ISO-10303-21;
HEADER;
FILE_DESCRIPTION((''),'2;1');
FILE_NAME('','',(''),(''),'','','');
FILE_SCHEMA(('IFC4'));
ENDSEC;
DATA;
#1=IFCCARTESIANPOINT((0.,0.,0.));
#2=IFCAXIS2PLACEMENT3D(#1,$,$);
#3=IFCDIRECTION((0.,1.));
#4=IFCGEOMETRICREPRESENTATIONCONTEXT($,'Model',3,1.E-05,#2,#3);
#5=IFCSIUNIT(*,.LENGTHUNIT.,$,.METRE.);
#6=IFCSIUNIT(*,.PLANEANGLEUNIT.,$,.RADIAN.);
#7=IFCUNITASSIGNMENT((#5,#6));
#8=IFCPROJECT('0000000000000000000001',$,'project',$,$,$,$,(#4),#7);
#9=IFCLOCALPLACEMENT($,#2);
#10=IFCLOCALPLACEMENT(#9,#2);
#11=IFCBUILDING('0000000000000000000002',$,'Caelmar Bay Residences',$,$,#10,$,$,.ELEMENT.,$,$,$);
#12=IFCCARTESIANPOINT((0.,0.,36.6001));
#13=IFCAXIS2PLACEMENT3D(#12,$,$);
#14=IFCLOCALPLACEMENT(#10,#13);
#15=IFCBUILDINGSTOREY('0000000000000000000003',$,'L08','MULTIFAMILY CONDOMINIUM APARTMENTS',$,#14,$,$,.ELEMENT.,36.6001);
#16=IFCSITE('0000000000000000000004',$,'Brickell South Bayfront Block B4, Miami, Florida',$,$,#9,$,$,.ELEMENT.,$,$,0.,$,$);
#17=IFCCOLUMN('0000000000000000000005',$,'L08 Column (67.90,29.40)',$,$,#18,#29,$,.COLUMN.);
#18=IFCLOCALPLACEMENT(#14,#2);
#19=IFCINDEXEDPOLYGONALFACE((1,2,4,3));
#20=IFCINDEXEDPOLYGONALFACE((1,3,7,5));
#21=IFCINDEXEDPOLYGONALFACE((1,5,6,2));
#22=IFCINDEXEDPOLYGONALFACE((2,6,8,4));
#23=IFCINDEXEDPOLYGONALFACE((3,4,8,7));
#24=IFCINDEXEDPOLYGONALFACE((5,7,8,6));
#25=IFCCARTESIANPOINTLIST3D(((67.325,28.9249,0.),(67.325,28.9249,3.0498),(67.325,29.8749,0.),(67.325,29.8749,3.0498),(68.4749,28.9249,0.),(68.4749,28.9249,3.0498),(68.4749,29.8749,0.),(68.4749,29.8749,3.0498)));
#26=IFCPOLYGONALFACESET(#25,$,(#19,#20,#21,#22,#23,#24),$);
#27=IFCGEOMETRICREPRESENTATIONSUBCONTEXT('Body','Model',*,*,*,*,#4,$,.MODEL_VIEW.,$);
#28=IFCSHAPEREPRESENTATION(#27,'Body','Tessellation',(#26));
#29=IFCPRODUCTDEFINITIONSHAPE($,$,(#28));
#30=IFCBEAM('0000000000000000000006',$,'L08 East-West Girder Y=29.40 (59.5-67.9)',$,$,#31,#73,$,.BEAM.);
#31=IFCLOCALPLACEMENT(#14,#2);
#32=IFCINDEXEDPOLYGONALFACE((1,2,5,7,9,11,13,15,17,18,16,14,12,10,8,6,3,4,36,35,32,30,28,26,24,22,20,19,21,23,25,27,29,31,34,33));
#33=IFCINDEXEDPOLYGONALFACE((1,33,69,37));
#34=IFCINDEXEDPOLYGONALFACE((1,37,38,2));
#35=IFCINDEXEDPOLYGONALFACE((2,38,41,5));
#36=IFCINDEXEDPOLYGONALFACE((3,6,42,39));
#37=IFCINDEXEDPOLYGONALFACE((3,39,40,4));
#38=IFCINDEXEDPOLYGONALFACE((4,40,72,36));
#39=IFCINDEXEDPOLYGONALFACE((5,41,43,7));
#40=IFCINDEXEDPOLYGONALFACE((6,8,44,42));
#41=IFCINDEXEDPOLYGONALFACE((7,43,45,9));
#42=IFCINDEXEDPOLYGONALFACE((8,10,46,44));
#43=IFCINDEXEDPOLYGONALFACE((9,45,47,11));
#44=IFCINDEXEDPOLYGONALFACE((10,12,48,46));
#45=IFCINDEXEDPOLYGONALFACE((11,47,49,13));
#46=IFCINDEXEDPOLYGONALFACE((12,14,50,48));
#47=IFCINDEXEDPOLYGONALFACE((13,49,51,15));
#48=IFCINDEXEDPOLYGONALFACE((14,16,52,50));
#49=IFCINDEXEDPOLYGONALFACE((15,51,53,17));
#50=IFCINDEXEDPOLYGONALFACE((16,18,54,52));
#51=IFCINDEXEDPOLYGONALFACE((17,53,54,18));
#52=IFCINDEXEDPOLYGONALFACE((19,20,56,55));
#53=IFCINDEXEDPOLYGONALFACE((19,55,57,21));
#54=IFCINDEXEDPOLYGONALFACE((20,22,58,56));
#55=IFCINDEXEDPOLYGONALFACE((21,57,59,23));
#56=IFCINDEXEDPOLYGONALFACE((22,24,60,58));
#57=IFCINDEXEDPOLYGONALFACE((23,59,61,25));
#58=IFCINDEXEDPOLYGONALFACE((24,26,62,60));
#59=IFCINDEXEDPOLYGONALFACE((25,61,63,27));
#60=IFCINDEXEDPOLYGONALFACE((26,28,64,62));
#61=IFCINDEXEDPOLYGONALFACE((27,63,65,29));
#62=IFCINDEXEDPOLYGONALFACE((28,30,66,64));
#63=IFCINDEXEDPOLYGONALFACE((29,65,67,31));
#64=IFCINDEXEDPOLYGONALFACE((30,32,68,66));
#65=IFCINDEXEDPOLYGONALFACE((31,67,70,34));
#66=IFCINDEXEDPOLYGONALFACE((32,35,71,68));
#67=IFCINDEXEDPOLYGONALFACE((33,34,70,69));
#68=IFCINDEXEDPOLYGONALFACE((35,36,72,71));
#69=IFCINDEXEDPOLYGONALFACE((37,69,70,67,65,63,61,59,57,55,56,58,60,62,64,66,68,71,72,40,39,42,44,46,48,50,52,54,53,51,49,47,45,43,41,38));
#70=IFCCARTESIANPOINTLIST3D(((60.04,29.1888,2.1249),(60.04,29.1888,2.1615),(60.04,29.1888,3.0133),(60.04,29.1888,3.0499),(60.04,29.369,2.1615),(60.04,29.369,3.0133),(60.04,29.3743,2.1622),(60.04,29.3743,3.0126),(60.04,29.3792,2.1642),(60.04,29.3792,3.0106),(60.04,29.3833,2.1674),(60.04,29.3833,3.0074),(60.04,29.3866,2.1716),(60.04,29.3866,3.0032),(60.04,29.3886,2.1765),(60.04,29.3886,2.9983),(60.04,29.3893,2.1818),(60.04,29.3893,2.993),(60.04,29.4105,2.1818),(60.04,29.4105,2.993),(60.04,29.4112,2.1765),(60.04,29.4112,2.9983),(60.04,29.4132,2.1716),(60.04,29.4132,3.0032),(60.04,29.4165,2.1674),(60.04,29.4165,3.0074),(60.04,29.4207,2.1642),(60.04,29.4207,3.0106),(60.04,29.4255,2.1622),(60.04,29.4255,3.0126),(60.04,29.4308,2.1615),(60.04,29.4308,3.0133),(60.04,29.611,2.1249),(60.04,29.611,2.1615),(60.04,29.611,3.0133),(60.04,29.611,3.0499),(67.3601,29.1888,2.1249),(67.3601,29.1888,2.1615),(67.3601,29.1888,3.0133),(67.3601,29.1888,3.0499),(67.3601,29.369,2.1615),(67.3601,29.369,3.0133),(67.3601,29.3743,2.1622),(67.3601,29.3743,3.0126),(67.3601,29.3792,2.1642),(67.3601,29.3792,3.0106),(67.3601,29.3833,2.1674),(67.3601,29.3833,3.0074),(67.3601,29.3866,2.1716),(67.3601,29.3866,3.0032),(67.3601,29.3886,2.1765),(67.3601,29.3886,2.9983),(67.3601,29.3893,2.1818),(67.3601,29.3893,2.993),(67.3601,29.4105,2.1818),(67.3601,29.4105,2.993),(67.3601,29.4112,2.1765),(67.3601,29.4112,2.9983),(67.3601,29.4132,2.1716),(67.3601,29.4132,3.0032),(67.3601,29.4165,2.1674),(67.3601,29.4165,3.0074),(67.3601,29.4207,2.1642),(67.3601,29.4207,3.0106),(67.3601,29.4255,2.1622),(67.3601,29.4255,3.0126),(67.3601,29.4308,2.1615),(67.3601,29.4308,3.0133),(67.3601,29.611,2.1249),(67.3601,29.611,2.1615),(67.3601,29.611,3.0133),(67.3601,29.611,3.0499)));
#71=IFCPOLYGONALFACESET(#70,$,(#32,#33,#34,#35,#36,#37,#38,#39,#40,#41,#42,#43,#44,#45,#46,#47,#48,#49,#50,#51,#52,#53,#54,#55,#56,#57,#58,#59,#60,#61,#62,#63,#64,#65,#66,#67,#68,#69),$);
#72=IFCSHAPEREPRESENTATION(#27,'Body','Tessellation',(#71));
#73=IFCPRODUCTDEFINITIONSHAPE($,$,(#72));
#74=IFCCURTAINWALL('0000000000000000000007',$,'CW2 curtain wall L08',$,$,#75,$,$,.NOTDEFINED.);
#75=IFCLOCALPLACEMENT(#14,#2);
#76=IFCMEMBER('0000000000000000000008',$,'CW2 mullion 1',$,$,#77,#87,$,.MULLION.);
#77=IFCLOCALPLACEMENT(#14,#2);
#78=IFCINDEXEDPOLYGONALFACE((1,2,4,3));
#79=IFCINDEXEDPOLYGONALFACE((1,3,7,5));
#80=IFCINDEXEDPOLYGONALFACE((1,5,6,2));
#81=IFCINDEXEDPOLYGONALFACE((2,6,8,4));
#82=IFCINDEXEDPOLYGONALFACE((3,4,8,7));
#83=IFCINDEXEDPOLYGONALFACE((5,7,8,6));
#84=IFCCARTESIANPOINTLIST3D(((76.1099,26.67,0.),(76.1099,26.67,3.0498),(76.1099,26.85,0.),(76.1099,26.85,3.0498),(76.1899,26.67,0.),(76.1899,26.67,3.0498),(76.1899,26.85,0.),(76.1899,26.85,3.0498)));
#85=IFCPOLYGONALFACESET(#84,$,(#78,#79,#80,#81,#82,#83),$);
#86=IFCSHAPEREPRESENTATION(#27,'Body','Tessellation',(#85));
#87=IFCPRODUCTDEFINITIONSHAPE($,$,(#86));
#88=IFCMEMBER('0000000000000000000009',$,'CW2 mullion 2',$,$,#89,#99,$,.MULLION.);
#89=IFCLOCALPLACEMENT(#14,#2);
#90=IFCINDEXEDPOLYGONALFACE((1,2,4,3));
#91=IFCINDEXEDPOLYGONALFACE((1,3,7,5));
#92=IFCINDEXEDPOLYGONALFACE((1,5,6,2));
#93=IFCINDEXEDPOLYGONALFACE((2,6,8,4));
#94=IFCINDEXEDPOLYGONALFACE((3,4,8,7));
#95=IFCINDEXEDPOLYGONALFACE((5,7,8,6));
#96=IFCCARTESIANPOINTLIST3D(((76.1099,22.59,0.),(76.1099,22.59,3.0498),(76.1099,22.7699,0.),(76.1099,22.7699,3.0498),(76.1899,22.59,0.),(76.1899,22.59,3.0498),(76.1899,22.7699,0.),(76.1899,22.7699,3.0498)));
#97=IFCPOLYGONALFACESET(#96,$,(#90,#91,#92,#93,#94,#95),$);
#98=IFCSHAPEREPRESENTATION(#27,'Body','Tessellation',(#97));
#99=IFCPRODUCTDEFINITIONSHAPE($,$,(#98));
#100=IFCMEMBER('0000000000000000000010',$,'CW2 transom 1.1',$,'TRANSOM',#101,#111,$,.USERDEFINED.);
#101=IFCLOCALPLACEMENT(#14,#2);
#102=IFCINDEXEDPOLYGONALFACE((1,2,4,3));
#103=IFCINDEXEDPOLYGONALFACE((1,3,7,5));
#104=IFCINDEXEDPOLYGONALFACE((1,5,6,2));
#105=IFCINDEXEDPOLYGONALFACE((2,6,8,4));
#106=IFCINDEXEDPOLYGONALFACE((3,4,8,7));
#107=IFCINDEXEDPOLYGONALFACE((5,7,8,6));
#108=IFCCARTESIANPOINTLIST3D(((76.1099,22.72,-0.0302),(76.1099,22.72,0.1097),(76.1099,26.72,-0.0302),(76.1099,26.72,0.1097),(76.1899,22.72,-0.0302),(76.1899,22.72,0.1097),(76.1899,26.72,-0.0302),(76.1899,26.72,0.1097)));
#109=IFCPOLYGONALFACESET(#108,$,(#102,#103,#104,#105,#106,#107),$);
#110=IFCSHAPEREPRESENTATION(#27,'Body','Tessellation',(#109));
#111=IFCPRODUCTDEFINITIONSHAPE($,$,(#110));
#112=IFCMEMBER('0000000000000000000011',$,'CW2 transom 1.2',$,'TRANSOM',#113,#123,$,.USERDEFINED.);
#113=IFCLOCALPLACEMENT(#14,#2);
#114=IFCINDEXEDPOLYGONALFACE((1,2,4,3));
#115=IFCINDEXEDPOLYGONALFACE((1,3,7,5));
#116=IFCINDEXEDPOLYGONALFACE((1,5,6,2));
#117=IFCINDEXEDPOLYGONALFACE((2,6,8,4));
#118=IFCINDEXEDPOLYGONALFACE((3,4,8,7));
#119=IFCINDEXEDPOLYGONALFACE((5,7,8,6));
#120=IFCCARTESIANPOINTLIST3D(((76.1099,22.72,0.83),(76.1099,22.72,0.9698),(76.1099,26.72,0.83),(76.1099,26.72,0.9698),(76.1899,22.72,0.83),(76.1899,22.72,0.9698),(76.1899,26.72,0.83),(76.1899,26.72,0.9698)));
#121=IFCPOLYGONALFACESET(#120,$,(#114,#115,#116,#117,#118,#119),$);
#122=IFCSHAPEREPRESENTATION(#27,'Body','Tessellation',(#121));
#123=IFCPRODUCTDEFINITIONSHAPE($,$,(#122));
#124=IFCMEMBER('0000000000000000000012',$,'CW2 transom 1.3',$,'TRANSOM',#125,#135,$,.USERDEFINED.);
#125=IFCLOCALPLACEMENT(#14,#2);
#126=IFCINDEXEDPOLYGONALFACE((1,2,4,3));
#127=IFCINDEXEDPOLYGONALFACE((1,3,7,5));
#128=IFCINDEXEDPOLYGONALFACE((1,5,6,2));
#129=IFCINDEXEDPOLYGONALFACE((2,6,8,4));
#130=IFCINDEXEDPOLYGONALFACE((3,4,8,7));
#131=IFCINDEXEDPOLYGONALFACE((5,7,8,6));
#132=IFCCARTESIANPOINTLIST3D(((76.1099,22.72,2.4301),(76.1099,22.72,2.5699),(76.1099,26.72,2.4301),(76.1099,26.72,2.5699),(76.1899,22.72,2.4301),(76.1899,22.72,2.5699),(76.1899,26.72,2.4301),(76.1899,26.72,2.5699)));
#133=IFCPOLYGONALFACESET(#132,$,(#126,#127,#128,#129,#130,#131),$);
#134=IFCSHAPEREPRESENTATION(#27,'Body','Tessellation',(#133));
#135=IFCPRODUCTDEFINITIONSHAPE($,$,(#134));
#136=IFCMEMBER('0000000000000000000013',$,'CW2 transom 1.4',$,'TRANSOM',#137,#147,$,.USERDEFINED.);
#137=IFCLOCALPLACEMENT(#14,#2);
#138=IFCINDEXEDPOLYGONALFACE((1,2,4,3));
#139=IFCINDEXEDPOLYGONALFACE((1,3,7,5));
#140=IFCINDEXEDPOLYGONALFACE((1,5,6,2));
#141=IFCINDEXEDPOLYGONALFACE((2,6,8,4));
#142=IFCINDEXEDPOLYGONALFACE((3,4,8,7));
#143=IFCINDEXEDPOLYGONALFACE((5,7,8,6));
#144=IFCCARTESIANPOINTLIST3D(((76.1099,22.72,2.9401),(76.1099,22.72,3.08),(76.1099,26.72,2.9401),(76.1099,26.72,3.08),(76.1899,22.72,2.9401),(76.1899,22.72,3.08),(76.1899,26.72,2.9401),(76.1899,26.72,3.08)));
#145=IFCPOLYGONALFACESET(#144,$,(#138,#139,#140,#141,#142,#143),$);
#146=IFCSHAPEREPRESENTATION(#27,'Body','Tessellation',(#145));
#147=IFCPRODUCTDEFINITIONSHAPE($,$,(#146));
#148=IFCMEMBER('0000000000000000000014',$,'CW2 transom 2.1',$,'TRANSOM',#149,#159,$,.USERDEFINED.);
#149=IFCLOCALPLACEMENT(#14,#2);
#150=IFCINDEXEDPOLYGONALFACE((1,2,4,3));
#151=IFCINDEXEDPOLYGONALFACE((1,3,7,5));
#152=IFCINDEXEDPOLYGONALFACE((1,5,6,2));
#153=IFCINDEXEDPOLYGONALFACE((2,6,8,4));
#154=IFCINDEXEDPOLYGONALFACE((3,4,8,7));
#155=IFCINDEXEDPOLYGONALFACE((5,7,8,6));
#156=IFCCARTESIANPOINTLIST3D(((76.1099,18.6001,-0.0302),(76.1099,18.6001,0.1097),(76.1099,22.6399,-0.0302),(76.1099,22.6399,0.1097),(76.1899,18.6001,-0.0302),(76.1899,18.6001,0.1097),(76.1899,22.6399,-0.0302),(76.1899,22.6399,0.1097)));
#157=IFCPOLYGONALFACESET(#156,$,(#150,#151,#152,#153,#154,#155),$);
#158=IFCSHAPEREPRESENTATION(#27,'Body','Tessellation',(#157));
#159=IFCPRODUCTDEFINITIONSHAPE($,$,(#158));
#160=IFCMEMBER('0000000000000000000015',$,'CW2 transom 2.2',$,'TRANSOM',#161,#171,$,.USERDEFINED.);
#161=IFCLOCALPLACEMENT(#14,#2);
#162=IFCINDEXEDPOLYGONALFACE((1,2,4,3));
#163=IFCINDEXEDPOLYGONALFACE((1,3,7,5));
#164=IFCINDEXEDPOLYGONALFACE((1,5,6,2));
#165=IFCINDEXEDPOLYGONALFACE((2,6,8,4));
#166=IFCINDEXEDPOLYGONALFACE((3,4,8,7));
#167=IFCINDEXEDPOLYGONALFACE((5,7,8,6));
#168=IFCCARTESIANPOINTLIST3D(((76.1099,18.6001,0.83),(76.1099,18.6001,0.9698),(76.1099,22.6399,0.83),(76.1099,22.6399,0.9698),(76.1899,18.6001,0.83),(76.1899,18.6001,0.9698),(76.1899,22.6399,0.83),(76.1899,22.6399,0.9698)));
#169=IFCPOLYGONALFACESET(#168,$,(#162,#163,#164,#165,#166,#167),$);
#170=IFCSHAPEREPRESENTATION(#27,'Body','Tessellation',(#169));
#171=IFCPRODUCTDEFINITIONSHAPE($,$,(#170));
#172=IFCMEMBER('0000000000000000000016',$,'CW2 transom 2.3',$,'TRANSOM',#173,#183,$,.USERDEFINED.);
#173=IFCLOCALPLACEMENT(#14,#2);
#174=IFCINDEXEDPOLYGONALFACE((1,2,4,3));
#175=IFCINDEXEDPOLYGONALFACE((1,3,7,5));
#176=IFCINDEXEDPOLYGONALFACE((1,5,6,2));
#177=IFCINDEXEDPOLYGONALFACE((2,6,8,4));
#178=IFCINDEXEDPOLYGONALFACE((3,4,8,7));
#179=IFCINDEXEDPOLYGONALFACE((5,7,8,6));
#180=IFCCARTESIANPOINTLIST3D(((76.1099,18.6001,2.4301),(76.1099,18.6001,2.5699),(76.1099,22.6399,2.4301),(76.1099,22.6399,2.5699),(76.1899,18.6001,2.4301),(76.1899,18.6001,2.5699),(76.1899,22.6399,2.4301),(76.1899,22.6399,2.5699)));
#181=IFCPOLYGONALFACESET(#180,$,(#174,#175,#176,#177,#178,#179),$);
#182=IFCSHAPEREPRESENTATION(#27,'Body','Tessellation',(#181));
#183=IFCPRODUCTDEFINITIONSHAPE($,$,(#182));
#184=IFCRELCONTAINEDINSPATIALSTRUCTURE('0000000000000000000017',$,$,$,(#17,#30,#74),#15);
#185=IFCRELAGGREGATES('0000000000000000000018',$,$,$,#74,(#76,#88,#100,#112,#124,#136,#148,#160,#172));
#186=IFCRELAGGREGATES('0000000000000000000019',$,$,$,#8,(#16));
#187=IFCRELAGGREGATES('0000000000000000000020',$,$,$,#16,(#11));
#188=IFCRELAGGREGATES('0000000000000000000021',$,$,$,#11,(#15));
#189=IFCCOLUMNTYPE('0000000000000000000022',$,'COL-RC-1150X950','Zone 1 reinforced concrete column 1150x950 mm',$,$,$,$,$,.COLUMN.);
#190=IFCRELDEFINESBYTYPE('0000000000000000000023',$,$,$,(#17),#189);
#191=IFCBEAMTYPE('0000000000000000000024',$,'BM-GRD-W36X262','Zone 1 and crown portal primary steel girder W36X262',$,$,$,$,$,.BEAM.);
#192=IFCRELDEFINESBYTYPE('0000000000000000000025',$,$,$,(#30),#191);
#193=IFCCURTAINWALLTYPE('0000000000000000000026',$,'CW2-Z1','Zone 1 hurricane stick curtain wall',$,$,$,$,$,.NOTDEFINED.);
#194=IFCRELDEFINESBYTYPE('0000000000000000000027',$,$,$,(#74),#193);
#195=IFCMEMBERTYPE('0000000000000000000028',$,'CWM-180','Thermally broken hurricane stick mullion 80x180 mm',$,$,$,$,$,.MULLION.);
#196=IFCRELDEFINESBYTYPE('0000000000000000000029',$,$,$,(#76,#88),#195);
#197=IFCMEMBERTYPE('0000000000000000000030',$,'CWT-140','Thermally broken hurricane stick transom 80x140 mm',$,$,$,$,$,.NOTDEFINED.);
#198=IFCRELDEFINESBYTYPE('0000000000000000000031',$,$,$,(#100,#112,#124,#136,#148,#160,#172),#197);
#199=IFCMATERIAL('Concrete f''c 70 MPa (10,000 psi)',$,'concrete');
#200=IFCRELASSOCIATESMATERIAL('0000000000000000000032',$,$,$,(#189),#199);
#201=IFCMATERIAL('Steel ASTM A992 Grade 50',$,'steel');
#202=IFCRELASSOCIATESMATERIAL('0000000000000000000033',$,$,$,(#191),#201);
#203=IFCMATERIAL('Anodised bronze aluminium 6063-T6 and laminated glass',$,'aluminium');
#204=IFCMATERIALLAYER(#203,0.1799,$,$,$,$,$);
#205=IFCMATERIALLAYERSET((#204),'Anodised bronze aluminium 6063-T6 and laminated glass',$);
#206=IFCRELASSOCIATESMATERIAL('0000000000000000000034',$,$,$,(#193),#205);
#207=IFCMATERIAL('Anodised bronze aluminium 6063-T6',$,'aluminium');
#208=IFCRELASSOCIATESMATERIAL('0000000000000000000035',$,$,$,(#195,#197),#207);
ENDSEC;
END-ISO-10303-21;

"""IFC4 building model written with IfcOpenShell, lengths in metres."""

from ifc_helpers import new_model, si_unit, direction, frame, origin, origin_2d, place, context, subcontext, project, spatial, rectangle, i_section, extrude, material, layer, layer_set, material_profile, profile_set, type_object, element, aggregate, save


model = new_model("IFC4")

# Units and contexts
model_context = context("Model", 3, precision=1e-05, world=origin(), true_north=direction((0.0, 1.0)))
body_context = subcontext(model_context, "Body", "Model", "MODEL_VIEW")
ifc_project = project(units=[si_unit("LENGTHUNIT", "METRE"), si_unit("PLANEANGLEUNIT", "RADIAN")], contexts=[model_context])

# Site, building, storey
site_placement = place(None, origin())
site = spatial("IfcSite", under=ifc_project, at=site_placement, Name="Brickell South Bayfront Block B4, Miami, Florida", CompositionType="ELEMENT", RefElevation=0.0)
building_placement = place(site_placement, origin())
building = spatial("IfcBuilding", under=site, at=building_placement, Name="Caelmar Bay Residences", CompositionType="ELEMENT")
storey_placement = place(building_placement, frame((0.0, 0.0, 36.6001)))
storey = spatial("IfcBuildingStorey", under=building, at=storey_placement, Name="L08", Description="MULTIFAMILY CONDOMINIUM APARTMENTS", CompositionType="ELEMENT", Elevation=36.6001)

# Column
ifc_material_1 = material(Name="Concrete f'c 70 MPa (10,000 psi)", Category="concrete")
ifc_material_profile_1 = material_profile(ifc_material_1, rectangle(XDim=1.1499, YDim=0.95, at=origin_2d()), Name="RC-COL-1150X950")
ifc_profile_set_1 = profile_set([ifc_material_profile_1], Name="Concrete f'c 70 MPa (10,000 psi)")
column_type = type_object("IfcColumnType", Name="COL-RC-1150X950", Description="Zone 1 reinforced concrete column 1150x950 mm", PredefinedType="COLUMN", material=ifc_profile_set_1)
column_placement = place(storey_placement, frame((67.8999, 29.3999, 0.0), z_axis=(0.0, 0.0, 1.0), x_axis=(1.0, 0.0, 0.0)))
element("IfcColumn", 1, at=column_placement, inside=storey, type_object=column_type, Name="L08 Column (67.90,29.40)", PredefinedType="COLUMN", context=body_context, shape_type="SweptSolid", body=[
    extrude(rectangle(XDim=1.1499, YDim=0.95, at=origin_2d()), origin(), (0.0, 0.0, 1.0), 3.0498),
])

# Beam
ifc_material_2 = material(Name="Steel ASTM A992 Grade 50", Category="steel")
ifc_material_profile_2 = material_profile(ifc_material_2, i_section(OverallWidth=0.4221, OverallDepth=0.925, WebThickness=0.0212, FlangeThickness=0.0366, FilletRadius=0.0203, at=origin_2d()), Name="W36X262")
ifc_profile_set_2 = profile_set([ifc_material_profile_2], Name="Steel ASTM A992 Grade 50")
beam_type = type_object("IfcBeamType", Name="BM-GRD-W36X262", Description="Zone 1 and crown portal primary steel girder W36X262", PredefinedType="BEAM", material=ifc_profile_set_2)
beam_placement = place(storey_placement, frame((60.04, 29.3999, 2.5874), z_axis=(1.0, 0.0, 0.0), x_axis=(0.0, 1.0, 0.0)))
element("IfcBeam", 2, at=beam_placement, inside=storey, type_object=beam_type, Name="L08 East-West Girder Y=29.40 (59.5-67.9)", PredefinedType="BEAM", context=body_context, shape_type="SweptSolid", body=[
    extrude(i_section(OverallWidth=0.4221, OverallDepth=0.925, WebThickness=0.0212, FlangeThickness=0.0366, FilletRadius=0.0203, at=origin_2d()), origin(), (0.0, 0.0, 1.0), 7.3201),
])

# Curtain wall, members
ifc_material_3 = material(Name="Anodised bronze aluminium 6063-T6 and laminated glass", Category="aluminium")
ifc_layer_1 = layer(ifc_material_3, 0.1799)
ifc_layer_set_1 = layer_set([ifc_layer_1], Name="Anodised bronze aluminium 6063-T6 and laminated glass")
curtain_wall_type = type_object("IfcCurtainWallType", Name="CW2-Z1", Description="Zone 1 hurricane stick curtain wall", PredefinedType="NOTDEFINED", material=ifc_layer_set_1)
curtain_wall_placement = place(storey_placement, origin())
curtain_wall = element("IfcCurtainWall", 3, at=curtain_wall_placement, inside=storey, type_object=curtain_wall_type, Name="CW2 curtain wall L08", PredefinedType="NOTDEFINED")
ifc_material_4 = material(Name="Anodised bronze aluminium 6063-T6", Category="aluminium")
ifc_material_profile_3 = material_profile(ifc_material_4, rectangle(XDim=0.0801, YDim=0.1799, at=origin_2d()), Name="CWM-80X180")
ifc_profile_set_3 = profile_set([ifc_material_profile_3], Name="Anodised bronze aluminium 6063-T6")
member_type_1 = type_object("IfcMemberType", Name="CWM-180", Description="Thermally broken hurricane stick mullion 80x180 mm", PredefinedType="MULLION", material=ifc_profile_set_3)
member_1_placement = place(storey_placement, frame((76.1499, 26.76, 0.0), z_axis=(0.0, 0.0, 1.0), x_axis=(1.0, 0.0, 0.0)))
member_1 = element("IfcMember", 4, at=member_1_placement, type_object=member_type_1, Name="CW2 mullion 1", PredefinedType="MULLION", context=body_context, shape_type="SweptSolid", body=[
    extrude(rectangle(XDim=0.0801, YDim=0.1799, at=origin_2d()), origin(), (0.0, 0.0, 1.0), 3.0498),
])
member_2_placement = place(storey_placement, frame((76.1499, 22.6799, 0.0), z_axis=(0.0, 0.0, 1.0), x_axis=(1.0, 0.0, 0.0)))
member_2 = element("IfcMember", 5, at=member_2_placement, type_object=member_type_1, Name="CW2 mullion 2", PredefinedType="MULLION", context=body_context, shape_type="SweptSolid", body=[
    extrude(rectangle(XDim=0.0801, YDim=0.1799, at=origin_2d()), origin(), (0.0, 0.0, 1.0), 3.0498),
])
ifc_material_profile_4 = material_profile(ifc_material_4, rectangle(XDim=0.0801, YDim=0.1399, at=origin_2d()), Name="CWT-80X140")
ifc_profile_set_4 = profile_set([ifc_material_profile_4], Name="Anodised bronze aluminium 6063-T6")
member_type_2 = type_object("IfcMemberType", Name="CWT-140", Description="Thermally broken hurricane stick transom 80x140 mm", PredefinedType="NOTDEFINED", material=ifc_profile_set_4)
member_3_placement = place(storey_placement, frame((76.1499, 26.72, 0.0398), z_axis=(0.0, -1.0, 0.0), x_axis=(1.0, 0.0, 0.0)))
member_3 = element("IfcMember", 6, at=member_3_placement, type_object=member_type_2, Name="CW2 transom 1.1", ObjectType="TRANSOM", PredefinedType="USERDEFINED", context=body_context, shape_type="SweptSolid", body=[
    extrude(rectangle(XDim=0.0801, YDim=0.1399, at=origin_2d()), origin(), (0.0, 0.0, 1.0), 4.0),
])
member_4_placement = place(storey_placement, frame((76.1499, 26.72, 0.8999), z_axis=(0.0, -1.0, 0.0), x_axis=(1.0, 0.0, 0.0)))
member_4 = element("IfcMember", 7, at=member_4_placement, type_object=member_type_2, Name="CW2 transom 1.2", ObjectType="TRANSOM", PredefinedType="USERDEFINED", context=body_context, shape_type="SweptSolid", body=[
    extrude(rectangle(XDim=0.0801, YDim=0.1399, at=origin_2d()), origin(), (0.0, 0.0, 1.0), 4.0),
])
member_5_placement = place(storey_placement, frame((76.1499, 26.72, 2.5), z_axis=(0.0, -1.0, 0.0), x_axis=(1.0, 0.0, 0.0)))
member_5 = element("IfcMember", 8, at=member_5_placement, type_object=member_type_2, Name="CW2 transom 1.3", ObjectType="TRANSOM", PredefinedType="USERDEFINED", context=body_context, shape_type="SweptSolid", body=[
    extrude(rectangle(XDim=0.0801, YDim=0.1399, at=origin_2d()), origin(), (0.0, 0.0, 1.0), 4.0),
])
member_6_placement = place(storey_placement, frame((76.1499, 26.72, 3.01), z_axis=(0.0, -1.0, 0.0), x_axis=(1.0, 0.0, 0.0)))
member_6 = element("IfcMember", 9, at=member_6_placement, type_object=member_type_2, Name="CW2 transom 1.4", ObjectType="TRANSOM", PredefinedType="USERDEFINED", context=body_context, shape_type="SweptSolid", body=[
    extrude(rectangle(XDim=0.0801, YDim=0.1399, at=origin_2d()), origin(), (0.0, 0.0, 1.0), 4.0),
])
member_7_placement = place(storey_placement, frame((76.1499, 22.6399, 0.0398), z_axis=(0.0, -1.0, 0.0), x_axis=(1.0, 0.0, 0.0)))
member_7 = element("IfcMember", 10, at=member_7_placement, type_object=member_type_2, Name="CW2 transom 2.1", ObjectType="TRANSOM", PredefinedType="USERDEFINED", context=body_context, shape_type="SweptSolid", body=[
    extrude(rectangle(XDim=0.0801, YDim=0.1399, at=origin_2d()), origin(), (0.0, 0.0, 1.0), 4.0398),
])
member_8_placement = place(storey_placement, frame((76.1499, 22.6399, 0.8999), z_axis=(0.0, -1.0, 0.0), x_axis=(1.0, 0.0, 0.0)))
member_8 = element("IfcMember", 11, at=member_8_placement, type_object=member_type_2, Name="CW2 transom 2.2", ObjectType="TRANSOM", PredefinedType="USERDEFINED", context=body_context, shape_type="SweptSolid", body=[
    extrude(rectangle(XDim=0.0801, YDim=0.1399, at=origin_2d()), origin(), (0.0, 0.0, 1.0), 4.0398),
])
member_9_placement = place(storey_placement, frame((76.1499, 22.6399, 2.5), z_axis=(0.0, -1.0, 0.0), x_axis=(1.0, 0.0, 0.0)))
member_9 = element("IfcMember", 12, at=member_9_placement, type_object=member_type_2, Name="CW2 transom 2.3", ObjectType="TRANSOM", PredefinedType="USERDEFINED", context=body_context, shape_type="SweptSolid", body=[
    extrude(rectangle(XDim=0.0801, YDim=0.1399, at=origin_2d()), origin(), (0.0, 0.0, 1.0), 4.0398),
])
aggregate(curtain_wall, [member_1, member_2, member_3, member_4, member_5, member_6, member_7, member_8, member_9])

save(model, "model.ifc")
